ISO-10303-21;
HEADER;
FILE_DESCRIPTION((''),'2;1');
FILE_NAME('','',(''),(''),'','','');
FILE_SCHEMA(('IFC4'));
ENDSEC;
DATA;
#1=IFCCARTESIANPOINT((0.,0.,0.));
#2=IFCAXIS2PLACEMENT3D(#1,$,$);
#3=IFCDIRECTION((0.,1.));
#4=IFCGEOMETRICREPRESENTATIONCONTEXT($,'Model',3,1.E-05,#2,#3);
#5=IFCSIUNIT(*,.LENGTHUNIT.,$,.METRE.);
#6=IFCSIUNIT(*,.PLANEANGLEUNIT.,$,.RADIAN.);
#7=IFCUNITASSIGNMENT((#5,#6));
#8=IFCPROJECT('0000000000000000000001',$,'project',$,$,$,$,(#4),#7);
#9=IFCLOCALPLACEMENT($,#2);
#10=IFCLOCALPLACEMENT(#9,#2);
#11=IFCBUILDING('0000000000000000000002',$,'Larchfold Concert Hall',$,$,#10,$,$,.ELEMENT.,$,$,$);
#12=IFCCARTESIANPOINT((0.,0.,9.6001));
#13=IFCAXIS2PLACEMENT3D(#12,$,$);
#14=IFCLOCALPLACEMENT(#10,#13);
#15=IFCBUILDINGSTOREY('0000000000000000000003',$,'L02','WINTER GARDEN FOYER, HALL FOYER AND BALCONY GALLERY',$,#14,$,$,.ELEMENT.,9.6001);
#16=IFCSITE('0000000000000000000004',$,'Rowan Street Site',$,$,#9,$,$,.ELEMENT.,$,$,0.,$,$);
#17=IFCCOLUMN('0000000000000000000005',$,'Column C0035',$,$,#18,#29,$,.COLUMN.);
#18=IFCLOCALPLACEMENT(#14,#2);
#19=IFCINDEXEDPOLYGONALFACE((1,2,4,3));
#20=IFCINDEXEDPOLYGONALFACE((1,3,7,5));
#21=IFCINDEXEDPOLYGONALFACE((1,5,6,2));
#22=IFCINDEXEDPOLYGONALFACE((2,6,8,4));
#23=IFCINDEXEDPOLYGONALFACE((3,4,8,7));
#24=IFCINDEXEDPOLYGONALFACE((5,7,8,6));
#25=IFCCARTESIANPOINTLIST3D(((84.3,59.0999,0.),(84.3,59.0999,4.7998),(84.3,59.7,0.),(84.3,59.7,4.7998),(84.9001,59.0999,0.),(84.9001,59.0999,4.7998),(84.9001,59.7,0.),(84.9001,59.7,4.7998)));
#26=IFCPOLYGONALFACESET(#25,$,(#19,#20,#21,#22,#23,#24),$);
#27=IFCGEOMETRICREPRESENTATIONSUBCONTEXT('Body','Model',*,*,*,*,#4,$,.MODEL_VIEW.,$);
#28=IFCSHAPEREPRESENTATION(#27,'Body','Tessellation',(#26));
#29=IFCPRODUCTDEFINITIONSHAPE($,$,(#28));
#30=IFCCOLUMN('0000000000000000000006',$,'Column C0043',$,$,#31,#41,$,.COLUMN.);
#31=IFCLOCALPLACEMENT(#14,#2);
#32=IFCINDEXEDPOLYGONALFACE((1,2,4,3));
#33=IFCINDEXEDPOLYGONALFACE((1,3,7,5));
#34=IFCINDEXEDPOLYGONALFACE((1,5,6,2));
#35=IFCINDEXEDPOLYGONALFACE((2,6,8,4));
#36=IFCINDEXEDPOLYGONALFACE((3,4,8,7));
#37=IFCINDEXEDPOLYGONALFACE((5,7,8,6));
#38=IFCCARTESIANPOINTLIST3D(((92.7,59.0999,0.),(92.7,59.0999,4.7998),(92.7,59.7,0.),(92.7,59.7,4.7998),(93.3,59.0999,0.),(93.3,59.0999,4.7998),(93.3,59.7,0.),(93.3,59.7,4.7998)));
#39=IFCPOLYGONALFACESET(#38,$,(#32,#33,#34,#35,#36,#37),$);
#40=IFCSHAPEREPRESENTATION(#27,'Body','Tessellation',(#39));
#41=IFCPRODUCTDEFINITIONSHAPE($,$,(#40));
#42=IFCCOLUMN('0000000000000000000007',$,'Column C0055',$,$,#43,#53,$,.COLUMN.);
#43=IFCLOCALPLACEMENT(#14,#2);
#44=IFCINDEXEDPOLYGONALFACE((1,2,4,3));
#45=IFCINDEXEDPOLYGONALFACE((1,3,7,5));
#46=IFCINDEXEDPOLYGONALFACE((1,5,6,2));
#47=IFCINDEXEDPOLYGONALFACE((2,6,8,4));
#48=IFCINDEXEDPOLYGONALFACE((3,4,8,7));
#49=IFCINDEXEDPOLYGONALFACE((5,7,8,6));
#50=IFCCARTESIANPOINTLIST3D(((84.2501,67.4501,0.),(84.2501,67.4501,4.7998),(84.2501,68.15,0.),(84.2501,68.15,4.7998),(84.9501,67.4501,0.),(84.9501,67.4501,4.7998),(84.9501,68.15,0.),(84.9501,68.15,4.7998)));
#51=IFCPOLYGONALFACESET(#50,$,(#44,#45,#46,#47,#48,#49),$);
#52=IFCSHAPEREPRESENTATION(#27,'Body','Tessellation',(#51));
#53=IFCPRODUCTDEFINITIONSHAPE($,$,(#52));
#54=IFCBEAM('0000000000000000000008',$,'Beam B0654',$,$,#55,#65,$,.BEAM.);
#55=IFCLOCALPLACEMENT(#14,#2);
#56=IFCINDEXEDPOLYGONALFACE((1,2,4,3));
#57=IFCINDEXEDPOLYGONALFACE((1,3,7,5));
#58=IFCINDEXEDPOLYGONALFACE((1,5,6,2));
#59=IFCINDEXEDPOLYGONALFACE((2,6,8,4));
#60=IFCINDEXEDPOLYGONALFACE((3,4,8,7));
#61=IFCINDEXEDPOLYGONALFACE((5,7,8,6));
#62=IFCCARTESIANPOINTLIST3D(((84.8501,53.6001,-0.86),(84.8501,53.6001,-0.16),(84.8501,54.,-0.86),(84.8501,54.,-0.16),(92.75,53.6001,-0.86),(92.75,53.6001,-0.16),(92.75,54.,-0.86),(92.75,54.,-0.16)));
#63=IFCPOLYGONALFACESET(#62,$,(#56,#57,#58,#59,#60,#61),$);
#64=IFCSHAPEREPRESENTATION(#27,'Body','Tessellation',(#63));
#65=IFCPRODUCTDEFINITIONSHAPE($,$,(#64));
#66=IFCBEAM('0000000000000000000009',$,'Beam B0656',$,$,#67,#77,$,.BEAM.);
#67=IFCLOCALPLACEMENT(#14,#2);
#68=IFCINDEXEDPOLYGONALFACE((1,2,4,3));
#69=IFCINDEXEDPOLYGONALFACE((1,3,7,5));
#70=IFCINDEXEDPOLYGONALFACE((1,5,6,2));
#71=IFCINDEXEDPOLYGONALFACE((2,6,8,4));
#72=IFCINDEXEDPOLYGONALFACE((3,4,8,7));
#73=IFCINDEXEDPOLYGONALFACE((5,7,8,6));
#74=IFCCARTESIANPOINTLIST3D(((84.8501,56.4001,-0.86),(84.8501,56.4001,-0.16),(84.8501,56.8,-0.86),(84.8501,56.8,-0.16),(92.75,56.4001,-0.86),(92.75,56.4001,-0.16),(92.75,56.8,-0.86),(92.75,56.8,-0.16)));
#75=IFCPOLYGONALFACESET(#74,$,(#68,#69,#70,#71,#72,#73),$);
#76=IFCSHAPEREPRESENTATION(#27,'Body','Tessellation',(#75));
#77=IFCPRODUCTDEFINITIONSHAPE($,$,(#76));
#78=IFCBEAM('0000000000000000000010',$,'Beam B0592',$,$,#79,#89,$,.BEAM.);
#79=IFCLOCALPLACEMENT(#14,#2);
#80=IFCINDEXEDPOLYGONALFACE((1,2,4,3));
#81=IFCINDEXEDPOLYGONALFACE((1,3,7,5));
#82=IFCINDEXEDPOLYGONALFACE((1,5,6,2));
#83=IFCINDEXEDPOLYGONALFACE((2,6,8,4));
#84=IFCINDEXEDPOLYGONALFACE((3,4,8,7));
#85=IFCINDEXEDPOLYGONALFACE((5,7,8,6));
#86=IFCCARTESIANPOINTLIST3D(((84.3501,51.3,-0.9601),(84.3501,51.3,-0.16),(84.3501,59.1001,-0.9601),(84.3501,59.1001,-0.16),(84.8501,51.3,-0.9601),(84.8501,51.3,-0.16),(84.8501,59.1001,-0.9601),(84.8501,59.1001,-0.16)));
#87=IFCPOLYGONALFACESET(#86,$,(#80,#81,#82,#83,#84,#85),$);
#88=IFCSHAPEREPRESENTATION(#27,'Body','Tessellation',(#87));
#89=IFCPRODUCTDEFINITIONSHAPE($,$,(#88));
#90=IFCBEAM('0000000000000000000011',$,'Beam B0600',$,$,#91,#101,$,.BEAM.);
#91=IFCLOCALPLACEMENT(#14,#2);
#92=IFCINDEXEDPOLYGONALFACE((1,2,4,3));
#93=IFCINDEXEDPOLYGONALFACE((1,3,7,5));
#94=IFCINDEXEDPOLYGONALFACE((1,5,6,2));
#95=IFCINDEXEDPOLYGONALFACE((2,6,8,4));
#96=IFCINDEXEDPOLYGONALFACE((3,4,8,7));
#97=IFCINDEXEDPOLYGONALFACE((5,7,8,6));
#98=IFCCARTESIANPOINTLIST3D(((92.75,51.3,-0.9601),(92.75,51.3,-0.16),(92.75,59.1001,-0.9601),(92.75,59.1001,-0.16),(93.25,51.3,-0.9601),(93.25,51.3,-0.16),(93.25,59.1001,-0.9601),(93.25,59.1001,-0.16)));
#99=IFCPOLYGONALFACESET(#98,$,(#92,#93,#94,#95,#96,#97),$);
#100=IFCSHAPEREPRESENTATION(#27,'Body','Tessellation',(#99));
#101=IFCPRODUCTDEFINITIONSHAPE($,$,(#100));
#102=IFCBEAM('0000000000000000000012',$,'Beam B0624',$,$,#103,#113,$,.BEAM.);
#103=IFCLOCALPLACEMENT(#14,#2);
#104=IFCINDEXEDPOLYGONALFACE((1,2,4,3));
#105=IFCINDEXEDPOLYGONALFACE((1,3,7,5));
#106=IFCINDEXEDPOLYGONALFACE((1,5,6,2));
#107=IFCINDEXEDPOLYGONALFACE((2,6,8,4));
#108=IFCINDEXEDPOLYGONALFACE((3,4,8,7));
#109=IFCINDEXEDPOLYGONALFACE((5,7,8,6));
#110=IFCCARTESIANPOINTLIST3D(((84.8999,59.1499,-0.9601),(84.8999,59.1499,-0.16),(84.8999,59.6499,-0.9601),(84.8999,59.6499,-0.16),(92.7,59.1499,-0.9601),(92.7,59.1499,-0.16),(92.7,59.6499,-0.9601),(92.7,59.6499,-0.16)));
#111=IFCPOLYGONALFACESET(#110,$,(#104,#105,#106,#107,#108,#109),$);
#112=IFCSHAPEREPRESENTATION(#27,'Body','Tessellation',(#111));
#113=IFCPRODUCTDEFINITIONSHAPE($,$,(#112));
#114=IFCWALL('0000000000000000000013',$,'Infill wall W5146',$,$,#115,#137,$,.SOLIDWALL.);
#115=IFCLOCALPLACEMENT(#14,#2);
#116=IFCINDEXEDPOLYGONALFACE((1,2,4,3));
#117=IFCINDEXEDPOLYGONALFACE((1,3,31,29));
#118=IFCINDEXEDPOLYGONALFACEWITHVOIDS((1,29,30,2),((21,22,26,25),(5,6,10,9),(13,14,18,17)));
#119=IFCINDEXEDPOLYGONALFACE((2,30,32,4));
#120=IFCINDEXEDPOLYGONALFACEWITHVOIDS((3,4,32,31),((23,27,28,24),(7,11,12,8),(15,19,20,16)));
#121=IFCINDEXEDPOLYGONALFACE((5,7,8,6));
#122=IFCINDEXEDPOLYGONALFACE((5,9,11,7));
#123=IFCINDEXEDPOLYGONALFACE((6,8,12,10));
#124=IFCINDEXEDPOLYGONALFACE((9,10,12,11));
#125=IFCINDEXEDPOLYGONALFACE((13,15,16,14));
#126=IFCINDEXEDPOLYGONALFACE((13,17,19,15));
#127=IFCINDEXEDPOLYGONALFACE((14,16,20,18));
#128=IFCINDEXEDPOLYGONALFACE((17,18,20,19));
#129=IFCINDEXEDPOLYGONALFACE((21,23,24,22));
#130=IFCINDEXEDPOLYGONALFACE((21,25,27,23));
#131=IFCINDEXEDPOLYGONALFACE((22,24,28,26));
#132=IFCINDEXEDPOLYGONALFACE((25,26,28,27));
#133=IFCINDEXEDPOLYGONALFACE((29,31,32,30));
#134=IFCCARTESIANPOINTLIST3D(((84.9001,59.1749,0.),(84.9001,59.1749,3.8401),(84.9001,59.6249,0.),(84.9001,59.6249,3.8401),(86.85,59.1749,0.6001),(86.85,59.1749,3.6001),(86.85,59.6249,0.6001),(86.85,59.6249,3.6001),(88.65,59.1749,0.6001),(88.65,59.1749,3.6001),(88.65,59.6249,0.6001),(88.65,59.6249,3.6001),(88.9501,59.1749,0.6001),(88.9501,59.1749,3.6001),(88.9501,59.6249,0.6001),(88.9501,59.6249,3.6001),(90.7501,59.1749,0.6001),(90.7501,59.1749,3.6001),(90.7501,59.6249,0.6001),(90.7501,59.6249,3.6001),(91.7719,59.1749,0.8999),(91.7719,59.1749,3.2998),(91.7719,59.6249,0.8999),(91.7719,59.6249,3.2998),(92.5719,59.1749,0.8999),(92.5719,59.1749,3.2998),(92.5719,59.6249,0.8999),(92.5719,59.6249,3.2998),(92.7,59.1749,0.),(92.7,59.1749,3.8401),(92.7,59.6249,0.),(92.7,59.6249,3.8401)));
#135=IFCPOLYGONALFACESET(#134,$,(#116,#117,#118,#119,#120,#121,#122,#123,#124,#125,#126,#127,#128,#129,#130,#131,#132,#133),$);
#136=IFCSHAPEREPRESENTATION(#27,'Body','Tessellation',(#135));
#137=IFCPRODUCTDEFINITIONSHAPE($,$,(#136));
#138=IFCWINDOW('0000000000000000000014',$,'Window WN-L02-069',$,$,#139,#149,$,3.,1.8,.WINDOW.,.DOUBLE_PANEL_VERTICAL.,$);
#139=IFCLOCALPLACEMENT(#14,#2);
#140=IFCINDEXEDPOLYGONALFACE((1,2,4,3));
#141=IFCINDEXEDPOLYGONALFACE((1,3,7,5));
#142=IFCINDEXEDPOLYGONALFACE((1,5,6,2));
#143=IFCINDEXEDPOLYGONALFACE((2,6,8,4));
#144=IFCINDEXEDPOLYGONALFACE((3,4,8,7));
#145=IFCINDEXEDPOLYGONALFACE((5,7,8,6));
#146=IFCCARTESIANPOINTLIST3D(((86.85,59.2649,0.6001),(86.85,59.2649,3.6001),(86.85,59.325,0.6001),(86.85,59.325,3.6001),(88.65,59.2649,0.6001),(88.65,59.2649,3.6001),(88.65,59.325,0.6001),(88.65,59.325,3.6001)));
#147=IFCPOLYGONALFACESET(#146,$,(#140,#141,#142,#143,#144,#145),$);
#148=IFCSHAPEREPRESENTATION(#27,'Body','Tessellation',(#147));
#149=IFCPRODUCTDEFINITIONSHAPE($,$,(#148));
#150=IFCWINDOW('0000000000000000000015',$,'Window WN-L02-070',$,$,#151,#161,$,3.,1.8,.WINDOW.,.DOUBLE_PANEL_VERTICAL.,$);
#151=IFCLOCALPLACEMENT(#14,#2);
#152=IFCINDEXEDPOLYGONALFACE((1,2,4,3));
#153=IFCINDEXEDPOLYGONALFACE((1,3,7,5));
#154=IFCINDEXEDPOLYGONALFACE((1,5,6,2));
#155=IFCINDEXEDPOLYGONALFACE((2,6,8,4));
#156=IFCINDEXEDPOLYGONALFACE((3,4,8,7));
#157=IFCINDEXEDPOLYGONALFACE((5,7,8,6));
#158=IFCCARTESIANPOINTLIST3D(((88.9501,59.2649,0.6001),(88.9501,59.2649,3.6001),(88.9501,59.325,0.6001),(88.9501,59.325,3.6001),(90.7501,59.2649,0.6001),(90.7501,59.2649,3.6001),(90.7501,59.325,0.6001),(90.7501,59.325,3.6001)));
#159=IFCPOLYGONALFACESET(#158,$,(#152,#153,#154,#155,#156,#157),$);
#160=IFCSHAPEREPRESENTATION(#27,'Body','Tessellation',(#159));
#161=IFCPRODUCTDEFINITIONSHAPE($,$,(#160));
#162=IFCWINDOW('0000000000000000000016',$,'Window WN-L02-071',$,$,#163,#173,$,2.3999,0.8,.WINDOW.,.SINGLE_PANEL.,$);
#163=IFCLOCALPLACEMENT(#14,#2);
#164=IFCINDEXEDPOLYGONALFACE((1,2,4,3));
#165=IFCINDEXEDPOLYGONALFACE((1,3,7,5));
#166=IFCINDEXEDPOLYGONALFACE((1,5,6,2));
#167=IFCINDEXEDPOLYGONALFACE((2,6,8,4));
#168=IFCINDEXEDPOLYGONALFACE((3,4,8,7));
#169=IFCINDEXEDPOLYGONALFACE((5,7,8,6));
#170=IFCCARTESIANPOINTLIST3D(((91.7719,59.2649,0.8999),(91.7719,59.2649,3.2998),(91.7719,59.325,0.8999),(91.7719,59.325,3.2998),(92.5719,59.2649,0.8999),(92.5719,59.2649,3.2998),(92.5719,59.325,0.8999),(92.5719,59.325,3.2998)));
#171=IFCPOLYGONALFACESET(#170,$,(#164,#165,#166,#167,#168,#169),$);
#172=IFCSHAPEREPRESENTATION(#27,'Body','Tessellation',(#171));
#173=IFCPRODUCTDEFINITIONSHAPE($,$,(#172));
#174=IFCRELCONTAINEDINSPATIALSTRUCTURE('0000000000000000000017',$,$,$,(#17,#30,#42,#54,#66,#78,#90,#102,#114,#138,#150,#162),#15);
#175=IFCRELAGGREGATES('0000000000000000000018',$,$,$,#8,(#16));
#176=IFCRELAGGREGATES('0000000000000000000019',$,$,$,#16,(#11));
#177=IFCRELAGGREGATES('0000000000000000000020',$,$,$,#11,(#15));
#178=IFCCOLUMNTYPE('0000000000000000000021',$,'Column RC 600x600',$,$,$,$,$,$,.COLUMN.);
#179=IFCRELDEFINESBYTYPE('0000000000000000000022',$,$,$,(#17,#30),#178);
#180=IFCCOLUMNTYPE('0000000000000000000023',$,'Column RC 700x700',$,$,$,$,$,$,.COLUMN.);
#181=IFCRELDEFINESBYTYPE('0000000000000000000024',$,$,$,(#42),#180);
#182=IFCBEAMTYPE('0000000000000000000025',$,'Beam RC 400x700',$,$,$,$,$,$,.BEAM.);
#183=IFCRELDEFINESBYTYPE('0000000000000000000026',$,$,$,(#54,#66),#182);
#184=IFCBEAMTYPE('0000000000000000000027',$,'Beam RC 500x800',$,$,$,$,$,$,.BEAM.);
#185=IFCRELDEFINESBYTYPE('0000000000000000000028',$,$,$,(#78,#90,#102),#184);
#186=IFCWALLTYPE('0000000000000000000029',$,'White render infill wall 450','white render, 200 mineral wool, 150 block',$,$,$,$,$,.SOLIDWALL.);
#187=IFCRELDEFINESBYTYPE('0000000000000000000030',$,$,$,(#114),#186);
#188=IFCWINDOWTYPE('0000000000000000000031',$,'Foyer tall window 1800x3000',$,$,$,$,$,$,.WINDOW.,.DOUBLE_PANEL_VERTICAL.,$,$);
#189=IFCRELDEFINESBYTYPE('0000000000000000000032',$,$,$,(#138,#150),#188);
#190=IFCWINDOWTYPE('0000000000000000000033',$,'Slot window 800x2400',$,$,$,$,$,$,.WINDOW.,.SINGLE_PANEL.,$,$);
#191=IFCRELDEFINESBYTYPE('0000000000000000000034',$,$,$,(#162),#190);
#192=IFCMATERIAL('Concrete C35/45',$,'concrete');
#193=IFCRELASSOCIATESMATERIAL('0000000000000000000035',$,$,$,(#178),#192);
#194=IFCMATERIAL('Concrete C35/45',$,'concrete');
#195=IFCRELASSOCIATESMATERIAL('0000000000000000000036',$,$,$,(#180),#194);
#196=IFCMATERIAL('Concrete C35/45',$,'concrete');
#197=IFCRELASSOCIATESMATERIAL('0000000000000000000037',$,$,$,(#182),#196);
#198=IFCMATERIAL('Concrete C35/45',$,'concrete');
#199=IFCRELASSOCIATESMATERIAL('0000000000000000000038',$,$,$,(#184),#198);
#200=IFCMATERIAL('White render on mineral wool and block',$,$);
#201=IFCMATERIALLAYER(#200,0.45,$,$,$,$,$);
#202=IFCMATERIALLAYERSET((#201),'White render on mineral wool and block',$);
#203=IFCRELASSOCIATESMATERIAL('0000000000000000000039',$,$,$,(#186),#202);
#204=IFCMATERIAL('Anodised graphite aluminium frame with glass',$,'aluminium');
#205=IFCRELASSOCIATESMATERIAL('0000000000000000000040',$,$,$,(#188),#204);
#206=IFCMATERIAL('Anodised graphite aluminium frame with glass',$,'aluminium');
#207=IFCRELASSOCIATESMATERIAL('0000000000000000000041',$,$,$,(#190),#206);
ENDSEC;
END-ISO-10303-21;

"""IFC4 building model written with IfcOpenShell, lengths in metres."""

from ifc_helpers import new_model, si_unit, direction, frame, frame_2d, origin, origin_2d, place, context, subcontext, project, spatial, rectangle, extrude, material, layer, layer_set, material_profile, profile_set, type_object, element, fill, save


model = new_model("IFC4")

# Units and contexts
model_context = context("Model", 3, precision=1e-05, world=origin(), true_north=direction((0.0, 1.0)))
body_context = subcontext(model_context, "Body", "Model", "MODEL_VIEW")
ifc_project = project(units=[si_unit("LENGTHUNIT", "METRE"), si_unit("PLANEANGLEUNIT", "RADIAN")], contexts=[model_context])

# Site, building, storey
site_placement = place(None, origin())
site = spatial("IfcSite", under=ifc_project, at=site_placement, Name="Rowan Street Site", CompositionType="ELEMENT", RefElevation=0.0)
building_placement = place(site_placement, origin())
building = spatial("IfcBuilding", under=site, at=building_placement, Name="Larchfold Concert Hall", CompositionType="ELEMENT")
storey_placement = place(building_placement, frame((0.0, 0.0, 9.6001)))
storey = spatial("IfcBuildingStorey", under=building, at=storey_placement, Name="L02", Description="WINTER GARDEN FOYER, HALL FOYER AND BALCONY GALLERY", CompositionType="ELEMENT", Elevation=9.6001)

# Columns
ifc_material_1 = material(Name="Concrete C35/45", Category="concrete")
ifc_material_profile_1 = material_profile(ifc_material_1, rectangle(XDim=0.6001, YDim=0.6001, at=origin_2d()))
ifc_profile_set_1 = profile_set([ifc_material_profile_1], Name="Concrete C35/45")
column_type_1 = type_object("IfcColumnType", Name="Column RC 600x600", PredefinedType="COLUMN", material=ifc_profile_set_1)
for number, where, z_axis, x_axis, name in (
    (1, (84.6001, 59.3999, 0.0), (0.0, 0.0, 1.0), (1.0, 0.0, 0.0), "Column C0035"),
    (2, (93.0, 59.3999, 0.0), (0.0, 0.0, 1.0), (1.0, 0.0, 0.0), "Column C0043"),
):
    element("IfcColumn", number, at=place(storey_placement, frame(where, z_axis=z_axis, x_axis=x_axis)), inside=storey, type_object=column_type_1, Name=name, PredefinedType="COLUMN", context=body_context, shape_type="SweptSolid", body=[
        extrude(rectangle(XDim=0.6001, YDim=0.6001, at=origin_2d()), origin(), (0.0, 0.0, 1.0), 4.7998),
    ])
ifc_material_2 = material(Name="Concrete C35/45", Category="concrete")
ifc_material_profile_2 = material_profile(ifc_material_2, rectangle(XDim=0.7, YDim=0.7, at=origin_2d()))
ifc_profile_set_2 = profile_set([ifc_material_profile_2], Name="Concrete C35/45")
column_type_2 = type_object("IfcColumnType", Name="Column RC 700x700", PredefinedType="COLUMN", material=ifc_profile_set_2)
column_placement = place(storey_placement, frame((84.6001, 67.8, 0.0), z_axis=(0.0, 0.0, 1.0), x_axis=(1.0, 0.0, 0.0)))
element("IfcColumn", 3, at=column_placement, inside=storey, type_object=column_type_2, Name="Column C0055", PredefinedType="COLUMN", context=body_context, shape_type="SweptSolid", body=[
    extrude(rectangle(XDim=0.7, YDim=0.7, at=origin_2d()), origin(), (0.0, 0.0, 1.0), 4.7998),
])

# Beams
ifc_material_3 = material(Name="Concrete C35/45", Category="concrete")
ifc_material_profile_3 = material_profile(ifc_material_3, rectangle(XDim=0.3999, YDim=0.7, at=origin_2d()))
ifc_profile_set_3 = profile_set([ifc_material_profile_3], Name="Concrete C35/45")
beam_type_1 = type_object("IfcBeamType", Name="Beam RC 400x700", PredefinedType="BEAM", material=ifc_profile_set_3)
for number, where, z_axis, x_axis, name in (
    (4, (84.8501, 53.8, -0.51), (1.0, 0.0, 0.0), (0.0, 1.0, 0.0), "Beam B0654"),
    (5, (84.8501, 56.6001, -0.51), (1.0, 0.0, 0.0), (0.0, 1.0, 0.0), "Beam B0656"),
):
    element("IfcBeam", number, at=place(storey_placement, frame(where, z_axis=z_axis, x_axis=x_axis)), inside=storey, type_object=beam_type_1, Name=name, PredefinedType="BEAM", context=body_context, shape_type="SweptSolid", body=[
        extrude(rectangle(XDim=0.3999, YDim=0.7, at=origin_2d()), origin(), (0.0, 0.0, 1.0), 7.8999),
    ])
ifc_material_4 = material(Name="Concrete C35/45", Category="concrete")
ifc_material_profile_4 = material_profile(ifc_material_4, rectangle(XDim=0.5, YDim=0.8, at=origin_2d()))
ifc_profile_set_4 = profile_set([ifc_material_profile_4], Name="Concrete C35/45")
beam_type_2 = type_object("IfcBeamType", Name="Beam RC 500x800", PredefinedType="BEAM", material=ifc_profile_set_4)
for number, where, z_axis, x_axis, name in (
    (6, (84.6001, 51.3, -0.5601), (0.0, 1.0, 0.0), (-1.0, 0.0, 0.0), "Beam B0592"),
    (7, (93.0, 51.3, -0.5601), (0.0, 1.0, 0.0), (-1.0, 0.0, 0.0), "Beam B0600"),
    (8, (84.8999, 59.3999, -0.5601), (1.0, 0.0, 0.0), (0.0, 1.0, 0.0), "Beam B0624"),
):
    element("IfcBeam", number, at=place(storey_placement, frame(where, z_axis=z_axis, x_axis=x_axis)), inside=storey, type_object=beam_type_2, Name=name, PredefinedType="BEAM", context=body_context, shape_type="SweptSolid", body=[
        extrude(rectangle(XDim=0.5, YDim=0.8, at=origin_2d()), origin(), (0.0, 0.0, 1.0), 7.8),
    ])

# Wall, openings, windows
ifc_material_5 = material(Name="White render on mineral wool and block")
ifc_layer_1 = layer(ifc_material_5, 0.45)
ifc_layer_set_1 = layer_set([ifc_layer_1], Name="White render on mineral wool and block")
wall_type = type_object("IfcWallType", Name="White render infill wall 450", Description="white render, 200 mineral wool, 150 block", PredefinedType="SOLIDWALL", material=ifc_layer_set_1)
wall_1_placement = place(storey_placement, frame((92.7, 59.3999, 0.0), z_axis=(0.0, 0.0, 1.0), x_axis=(-1.0, 0.0, 0.0)))
wall_1 = element("IfcWall", 9, at=wall_1_placement, inside=storey, type_object=wall_type, Name="Infill wall W5146", PredefinedType="SOLIDWALL", context=body_context, shape_type="SweptSolid", body=[
    extrude(rectangle(XDim=7.7998, YDim=0.45, at=frame_2d((3.8999, 0.0))), origin(), (0.0, 0.0, 1.0), 3.8401),
])
opening_1_placement = place(wall_1_placement, frame((4.05, 0.0, 0.6001)))
opening_1 = element("IfcOpeningElement", 10, at=opening_1_placement, cuts=wall_1, PredefinedType="OPENING", context=body_context, shape_type="SweptSolid", body=[
    extrude(rectangle(XDim=1.8, YDim=3.0, at=frame_2d((0.8999, 1.5))), frame((0.0, 0.2349, 0.0), z_axis=(0.0, -1.0, 0.0), x_axis=(1.0, 0.0, 0.0)), (0.0, 0.0, 1.0), 0.47),
])
opening_2_placement = place(wall_1_placement, frame((1.95, 0.0, 0.6001)))
opening_2 = element("IfcOpeningElement", 11, at=opening_2_placement, cuts=wall_1, PredefinedType="OPENING", context=body_context, shape_type="SweptSolid", body=[
    extrude(rectangle(XDim=1.8, YDim=3.0, at=frame_2d((0.8999, 1.5))), frame((0.0, 0.2349, 0.0), z_axis=(0.0, -1.0, 0.0), x_axis=(1.0, 0.0, 0.0)), (0.0, 0.0, 1.0), 0.47),
])
opening_3_placement = place(wall_1_placement, frame((0.1282, 0.0, 0.8999)))
opening_3 = element("IfcOpeningElement", 12, at=opening_3_placement, cuts=wall_1, PredefinedType="OPENING", context=body_context, shape_type="SweptSolid", body=[
    extrude(rectangle(XDim=0.8, YDim=2.3999, at=frame_2d((0.3999, 1.2))), frame((0.0, 0.2349, 0.0), z_axis=(0.0, -1.0, 0.0), x_axis=(1.0, 0.0, 0.0)), (0.0, 0.0, 1.0), 0.47),
])
ifc_material_6 = material(Name="Anodised graphite aluminium frame with glass", Category="aluminium")
window_type_1 = type_object("IfcWindowType", Name="Foyer tall window 1800x3000", PartitioningType="DOUBLE_PANEL_VERTICAL", PredefinedType="WINDOW", material=ifc_material_6)
window_1_placement = place(opening_1_placement, origin())
window_1 = element("IfcWindow", 13, at=window_1_placement, inside=storey, type_object=window_type_1, Name="Window WN-L02-069", OverallHeight=3.0, OverallWidth=1.8, PartitioningType="DOUBLE_PANEL_VERTICAL", PredefinedType="WINDOW", context=body_context, shape_type="SweptSolid", body=[
    extrude(rectangle(XDim=1.8, YDim=3.0, at=frame_2d((0.8999, 1.5))), frame((0.0, 0.135, 0.0), z_axis=(0.0, -1.0, 0.0), x_axis=(1.0, 0.0, 0.0)), (0.0, 0.0, 1.0), 0.0601),
])
fill(opening_1, window_1)
window_2_placement = place(opening_2_placement, origin())
window_2 = element("IfcWindow", 14, at=window_2_placement, inside=storey, type_object=window_type_1, Name="Window WN-L02-070", OverallHeight=3.0, OverallWidth=1.8, PartitioningType="DOUBLE_PANEL_VERTICAL", PredefinedType="WINDOW", context=body_context, shape_type="SweptSolid", body=[
    extrude(rectangle(XDim=1.8, YDim=3.0, at=frame_2d((0.8999, 1.5))), frame((0.0, 0.135, 0.0), z_axis=(0.0, -1.0, 0.0), x_axis=(1.0, 0.0, 0.0)), (0.0, 0.0, 1.0), 0.0601),
])
fill(opening_2, window_2)
ifc_material_7 = material(Name="Anodised graphite aluminium frame with glass", Category="aluminium")
window_type_2 = type_object("IfcWindowType", Name="Slot window 800x2400", PartitioningType="SINGLE_PANEL", PredefinedType="WINDOW", material=ifc_material_7)
window_3_placement = place(opening_3_placement, origin())
window_3 = element("IfcWindow", 15, at=window_3_placement, inside=storey, type_object=window_type_2, Name="Window WN-L02-071", OverallHeight=2.3999, OverallWidth=0.8, PartitioningType="SINGLE_PANEL", PredefinedType="WINDOW", context=body_context, shape_type="SweptSolid", body=[
    extrude(rectangle(XDim=0.8, YDim=2.3999, at=frame_2d((0.3999, 1.2))), frame((0.0, 0.135, 0.0), z_axis=(0.0, -1.0, 0.0), x_axis=(1.0, 0.0, 0.0)), (0.0, 0.0, 1.0), 0.0601),
])
fill(opening_3, window_3)

save(model, "model.ifc")
